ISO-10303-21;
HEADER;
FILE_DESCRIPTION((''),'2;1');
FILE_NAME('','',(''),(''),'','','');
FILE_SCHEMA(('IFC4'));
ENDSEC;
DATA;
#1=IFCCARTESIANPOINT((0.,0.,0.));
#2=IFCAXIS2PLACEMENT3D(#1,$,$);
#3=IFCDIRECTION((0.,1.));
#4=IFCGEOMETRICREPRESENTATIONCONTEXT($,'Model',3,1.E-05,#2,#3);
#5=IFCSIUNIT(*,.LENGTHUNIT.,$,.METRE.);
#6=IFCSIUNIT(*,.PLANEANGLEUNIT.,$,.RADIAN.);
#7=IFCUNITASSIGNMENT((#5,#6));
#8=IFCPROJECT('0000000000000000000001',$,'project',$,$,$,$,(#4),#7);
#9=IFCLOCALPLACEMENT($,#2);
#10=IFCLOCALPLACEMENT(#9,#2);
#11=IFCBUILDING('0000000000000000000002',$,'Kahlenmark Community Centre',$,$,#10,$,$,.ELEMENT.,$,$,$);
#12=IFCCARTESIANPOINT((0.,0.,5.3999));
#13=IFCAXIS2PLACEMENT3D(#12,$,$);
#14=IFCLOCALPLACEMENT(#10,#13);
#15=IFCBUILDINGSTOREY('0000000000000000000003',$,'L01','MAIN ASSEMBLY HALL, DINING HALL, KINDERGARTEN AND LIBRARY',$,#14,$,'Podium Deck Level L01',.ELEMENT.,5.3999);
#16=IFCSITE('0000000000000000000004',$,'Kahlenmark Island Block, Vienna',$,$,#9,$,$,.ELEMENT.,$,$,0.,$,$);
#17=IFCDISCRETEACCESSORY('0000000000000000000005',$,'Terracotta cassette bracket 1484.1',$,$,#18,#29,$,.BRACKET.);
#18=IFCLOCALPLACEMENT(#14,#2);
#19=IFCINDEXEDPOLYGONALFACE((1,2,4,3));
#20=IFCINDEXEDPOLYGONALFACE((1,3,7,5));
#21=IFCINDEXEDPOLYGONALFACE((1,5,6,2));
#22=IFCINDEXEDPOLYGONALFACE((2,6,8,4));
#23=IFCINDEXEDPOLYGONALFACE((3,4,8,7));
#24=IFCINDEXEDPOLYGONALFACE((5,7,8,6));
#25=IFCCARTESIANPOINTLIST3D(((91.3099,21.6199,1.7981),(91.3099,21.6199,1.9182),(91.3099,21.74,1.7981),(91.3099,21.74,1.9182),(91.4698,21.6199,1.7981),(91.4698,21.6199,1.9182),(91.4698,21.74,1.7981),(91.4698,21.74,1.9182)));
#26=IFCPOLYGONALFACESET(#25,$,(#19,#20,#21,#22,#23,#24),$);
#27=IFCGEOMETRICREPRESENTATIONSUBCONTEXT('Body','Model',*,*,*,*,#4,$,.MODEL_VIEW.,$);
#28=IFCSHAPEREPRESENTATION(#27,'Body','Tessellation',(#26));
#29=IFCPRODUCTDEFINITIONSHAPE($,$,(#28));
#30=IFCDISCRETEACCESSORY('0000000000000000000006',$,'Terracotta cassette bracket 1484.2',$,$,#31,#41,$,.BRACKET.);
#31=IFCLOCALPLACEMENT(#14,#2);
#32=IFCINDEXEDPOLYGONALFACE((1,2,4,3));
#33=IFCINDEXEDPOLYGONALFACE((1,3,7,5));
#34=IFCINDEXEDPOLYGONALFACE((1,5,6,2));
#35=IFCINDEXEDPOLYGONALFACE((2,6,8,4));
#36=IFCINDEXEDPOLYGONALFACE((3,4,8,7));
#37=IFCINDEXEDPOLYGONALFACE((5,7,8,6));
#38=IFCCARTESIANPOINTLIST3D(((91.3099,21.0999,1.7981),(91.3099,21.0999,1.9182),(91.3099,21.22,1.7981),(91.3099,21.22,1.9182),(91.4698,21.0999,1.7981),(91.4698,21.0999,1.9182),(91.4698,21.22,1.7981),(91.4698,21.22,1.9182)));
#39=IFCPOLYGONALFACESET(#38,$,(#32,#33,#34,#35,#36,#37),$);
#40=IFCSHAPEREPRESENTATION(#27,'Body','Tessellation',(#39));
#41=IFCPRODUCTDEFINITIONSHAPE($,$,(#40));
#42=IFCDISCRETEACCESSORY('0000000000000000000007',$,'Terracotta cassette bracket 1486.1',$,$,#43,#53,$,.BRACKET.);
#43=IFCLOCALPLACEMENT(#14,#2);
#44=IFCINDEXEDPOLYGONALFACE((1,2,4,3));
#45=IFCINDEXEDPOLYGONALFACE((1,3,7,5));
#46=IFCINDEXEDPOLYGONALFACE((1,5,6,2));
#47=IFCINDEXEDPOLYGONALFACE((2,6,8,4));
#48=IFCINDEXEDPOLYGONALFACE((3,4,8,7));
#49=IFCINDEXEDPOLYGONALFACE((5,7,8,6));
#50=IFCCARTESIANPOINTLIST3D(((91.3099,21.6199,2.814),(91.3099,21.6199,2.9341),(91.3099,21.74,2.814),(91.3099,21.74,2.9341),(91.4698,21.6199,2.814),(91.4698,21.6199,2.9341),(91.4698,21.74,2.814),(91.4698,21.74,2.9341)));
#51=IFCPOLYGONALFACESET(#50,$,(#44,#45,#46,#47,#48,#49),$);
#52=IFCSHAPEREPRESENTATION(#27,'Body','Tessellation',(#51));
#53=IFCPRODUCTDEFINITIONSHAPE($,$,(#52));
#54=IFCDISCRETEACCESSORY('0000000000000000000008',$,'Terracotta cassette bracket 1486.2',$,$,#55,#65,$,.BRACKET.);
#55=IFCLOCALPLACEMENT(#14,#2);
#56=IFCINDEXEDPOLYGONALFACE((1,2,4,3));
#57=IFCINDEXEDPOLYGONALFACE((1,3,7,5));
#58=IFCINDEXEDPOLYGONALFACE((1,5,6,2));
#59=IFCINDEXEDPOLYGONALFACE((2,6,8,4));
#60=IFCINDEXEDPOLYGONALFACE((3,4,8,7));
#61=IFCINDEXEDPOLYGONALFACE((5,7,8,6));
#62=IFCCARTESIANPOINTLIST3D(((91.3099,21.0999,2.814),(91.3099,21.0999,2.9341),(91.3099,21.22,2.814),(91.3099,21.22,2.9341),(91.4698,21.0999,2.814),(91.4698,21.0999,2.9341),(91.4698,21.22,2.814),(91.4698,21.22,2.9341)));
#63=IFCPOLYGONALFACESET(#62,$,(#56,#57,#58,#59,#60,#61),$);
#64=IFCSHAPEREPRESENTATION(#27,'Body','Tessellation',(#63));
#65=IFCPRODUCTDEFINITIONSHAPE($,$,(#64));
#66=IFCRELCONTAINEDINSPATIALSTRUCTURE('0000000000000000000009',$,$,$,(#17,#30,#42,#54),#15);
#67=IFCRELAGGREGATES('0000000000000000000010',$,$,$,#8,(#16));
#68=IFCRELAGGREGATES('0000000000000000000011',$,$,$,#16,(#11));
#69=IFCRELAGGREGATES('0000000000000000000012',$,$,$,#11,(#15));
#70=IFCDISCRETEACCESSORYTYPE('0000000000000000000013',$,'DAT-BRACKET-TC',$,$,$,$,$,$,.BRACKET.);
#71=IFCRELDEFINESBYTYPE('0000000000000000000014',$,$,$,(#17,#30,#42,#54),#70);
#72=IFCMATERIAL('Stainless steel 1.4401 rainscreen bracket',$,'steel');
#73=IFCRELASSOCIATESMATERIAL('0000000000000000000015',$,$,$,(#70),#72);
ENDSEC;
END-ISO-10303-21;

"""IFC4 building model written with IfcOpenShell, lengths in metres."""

from ifc_helpers import new_model, si_unit, direction, frame, origin, origin_2d, place, context, subcontext, project, spatial, rectangle, extrude, material, type_object, element, save


model = new_model("IFC4")

# Units and contexts
model_context = context("Model", 3, precision=1e-05, world=origin(), true_north=direction((0.0, 1.0)))
body_context = subcontext(model_context, "Body", "Model", "MODEL_VIEW")
ifc_project = project(units=[si_unit("LENGTHUNIT", "METRE"), si_unit("PLANEANGLEUNIT", "RADIAN")], contexts=[model_context])

# Site, building, storey
site_placement = place(None, origin())
site = spatial("IfcSite", under=ifc_project, at=site_placement, Name="Kahlenmark Island Block, Vienna", CompositionType="ELEMENT", RefElevation=0.0)
building_placement = place(site_placement, origin())
building = spatial("IfcBuilding", under=site, at=building_placement, Name="Kahlenmark Community Centre", CompositionType="ELEMENT")
storey_placement = place(building_placement, frame((0.0, 0.0, 5.3999)))
storey = spatial("IfcBuildingStorey", under=building, at=storey_placement, Name="L01", Description="MAIN ASSEMBLY HALL, DINING HALL, KINDERGARTEN AND LIBRARY", LongName="Podium Deck Level L01", CompositionType="ELEMENT", Elevation=5.3999)

# Discrete accessories
ifc_material_1 = material(Name="Stainless steel 1.4401 rainscreen bracket", Category="steel")
discrete_accessory_type = type_object("IfcDiscreteAccessoryType", Name="DAT-BRACKET-TC", PredefinedType="BRACKET", material=ifc_material_1)
for number, where, z_axis, x_axis, name in (
    (1, (91.3899, 21.6799, 1.7981), (0.0, 0.0, 1.0), (0.0, -1.0, 0.0), "Terracotta cassette bracket 1484.1"),
    (2, (91.3899, 21.1599, 1.7981), (0.0, 0.0, 1.0), (0.0, -1.0, 0.0), "Terracotta cassette bracket 1484.2"),
    (3, (91.3899, 21.6799, 2.814), (0.0, 0.0, 1.0), (0.0, -1.0, 0.0), "Terracotta cassette bracket 1486.1"),
    (4, (91.3899, 21.1599, 2.814), (0.0, 0.0, 1.0), (0.0, -1.0, 0.0), "Terracotta cassette bracket 1486.2"),
):
    element("IfcDiscreteAccessory", number, at=place(storey_placement, frame(where, z_axis=z_axis, x_axis=x_axis)), inside=storey, type_object=discrete_accessory_type, Name=name, PredefinedType="BRACKET", context=body_context, shape_type="SweptSolid", body=[
        extrude(rectangle(XDim=0.1201, YDim=0.1599, at=origin_2d()), origin(), (0.0, 0.0, 1.0), 0.1201),
    ])

save(model, "model.ifc")
